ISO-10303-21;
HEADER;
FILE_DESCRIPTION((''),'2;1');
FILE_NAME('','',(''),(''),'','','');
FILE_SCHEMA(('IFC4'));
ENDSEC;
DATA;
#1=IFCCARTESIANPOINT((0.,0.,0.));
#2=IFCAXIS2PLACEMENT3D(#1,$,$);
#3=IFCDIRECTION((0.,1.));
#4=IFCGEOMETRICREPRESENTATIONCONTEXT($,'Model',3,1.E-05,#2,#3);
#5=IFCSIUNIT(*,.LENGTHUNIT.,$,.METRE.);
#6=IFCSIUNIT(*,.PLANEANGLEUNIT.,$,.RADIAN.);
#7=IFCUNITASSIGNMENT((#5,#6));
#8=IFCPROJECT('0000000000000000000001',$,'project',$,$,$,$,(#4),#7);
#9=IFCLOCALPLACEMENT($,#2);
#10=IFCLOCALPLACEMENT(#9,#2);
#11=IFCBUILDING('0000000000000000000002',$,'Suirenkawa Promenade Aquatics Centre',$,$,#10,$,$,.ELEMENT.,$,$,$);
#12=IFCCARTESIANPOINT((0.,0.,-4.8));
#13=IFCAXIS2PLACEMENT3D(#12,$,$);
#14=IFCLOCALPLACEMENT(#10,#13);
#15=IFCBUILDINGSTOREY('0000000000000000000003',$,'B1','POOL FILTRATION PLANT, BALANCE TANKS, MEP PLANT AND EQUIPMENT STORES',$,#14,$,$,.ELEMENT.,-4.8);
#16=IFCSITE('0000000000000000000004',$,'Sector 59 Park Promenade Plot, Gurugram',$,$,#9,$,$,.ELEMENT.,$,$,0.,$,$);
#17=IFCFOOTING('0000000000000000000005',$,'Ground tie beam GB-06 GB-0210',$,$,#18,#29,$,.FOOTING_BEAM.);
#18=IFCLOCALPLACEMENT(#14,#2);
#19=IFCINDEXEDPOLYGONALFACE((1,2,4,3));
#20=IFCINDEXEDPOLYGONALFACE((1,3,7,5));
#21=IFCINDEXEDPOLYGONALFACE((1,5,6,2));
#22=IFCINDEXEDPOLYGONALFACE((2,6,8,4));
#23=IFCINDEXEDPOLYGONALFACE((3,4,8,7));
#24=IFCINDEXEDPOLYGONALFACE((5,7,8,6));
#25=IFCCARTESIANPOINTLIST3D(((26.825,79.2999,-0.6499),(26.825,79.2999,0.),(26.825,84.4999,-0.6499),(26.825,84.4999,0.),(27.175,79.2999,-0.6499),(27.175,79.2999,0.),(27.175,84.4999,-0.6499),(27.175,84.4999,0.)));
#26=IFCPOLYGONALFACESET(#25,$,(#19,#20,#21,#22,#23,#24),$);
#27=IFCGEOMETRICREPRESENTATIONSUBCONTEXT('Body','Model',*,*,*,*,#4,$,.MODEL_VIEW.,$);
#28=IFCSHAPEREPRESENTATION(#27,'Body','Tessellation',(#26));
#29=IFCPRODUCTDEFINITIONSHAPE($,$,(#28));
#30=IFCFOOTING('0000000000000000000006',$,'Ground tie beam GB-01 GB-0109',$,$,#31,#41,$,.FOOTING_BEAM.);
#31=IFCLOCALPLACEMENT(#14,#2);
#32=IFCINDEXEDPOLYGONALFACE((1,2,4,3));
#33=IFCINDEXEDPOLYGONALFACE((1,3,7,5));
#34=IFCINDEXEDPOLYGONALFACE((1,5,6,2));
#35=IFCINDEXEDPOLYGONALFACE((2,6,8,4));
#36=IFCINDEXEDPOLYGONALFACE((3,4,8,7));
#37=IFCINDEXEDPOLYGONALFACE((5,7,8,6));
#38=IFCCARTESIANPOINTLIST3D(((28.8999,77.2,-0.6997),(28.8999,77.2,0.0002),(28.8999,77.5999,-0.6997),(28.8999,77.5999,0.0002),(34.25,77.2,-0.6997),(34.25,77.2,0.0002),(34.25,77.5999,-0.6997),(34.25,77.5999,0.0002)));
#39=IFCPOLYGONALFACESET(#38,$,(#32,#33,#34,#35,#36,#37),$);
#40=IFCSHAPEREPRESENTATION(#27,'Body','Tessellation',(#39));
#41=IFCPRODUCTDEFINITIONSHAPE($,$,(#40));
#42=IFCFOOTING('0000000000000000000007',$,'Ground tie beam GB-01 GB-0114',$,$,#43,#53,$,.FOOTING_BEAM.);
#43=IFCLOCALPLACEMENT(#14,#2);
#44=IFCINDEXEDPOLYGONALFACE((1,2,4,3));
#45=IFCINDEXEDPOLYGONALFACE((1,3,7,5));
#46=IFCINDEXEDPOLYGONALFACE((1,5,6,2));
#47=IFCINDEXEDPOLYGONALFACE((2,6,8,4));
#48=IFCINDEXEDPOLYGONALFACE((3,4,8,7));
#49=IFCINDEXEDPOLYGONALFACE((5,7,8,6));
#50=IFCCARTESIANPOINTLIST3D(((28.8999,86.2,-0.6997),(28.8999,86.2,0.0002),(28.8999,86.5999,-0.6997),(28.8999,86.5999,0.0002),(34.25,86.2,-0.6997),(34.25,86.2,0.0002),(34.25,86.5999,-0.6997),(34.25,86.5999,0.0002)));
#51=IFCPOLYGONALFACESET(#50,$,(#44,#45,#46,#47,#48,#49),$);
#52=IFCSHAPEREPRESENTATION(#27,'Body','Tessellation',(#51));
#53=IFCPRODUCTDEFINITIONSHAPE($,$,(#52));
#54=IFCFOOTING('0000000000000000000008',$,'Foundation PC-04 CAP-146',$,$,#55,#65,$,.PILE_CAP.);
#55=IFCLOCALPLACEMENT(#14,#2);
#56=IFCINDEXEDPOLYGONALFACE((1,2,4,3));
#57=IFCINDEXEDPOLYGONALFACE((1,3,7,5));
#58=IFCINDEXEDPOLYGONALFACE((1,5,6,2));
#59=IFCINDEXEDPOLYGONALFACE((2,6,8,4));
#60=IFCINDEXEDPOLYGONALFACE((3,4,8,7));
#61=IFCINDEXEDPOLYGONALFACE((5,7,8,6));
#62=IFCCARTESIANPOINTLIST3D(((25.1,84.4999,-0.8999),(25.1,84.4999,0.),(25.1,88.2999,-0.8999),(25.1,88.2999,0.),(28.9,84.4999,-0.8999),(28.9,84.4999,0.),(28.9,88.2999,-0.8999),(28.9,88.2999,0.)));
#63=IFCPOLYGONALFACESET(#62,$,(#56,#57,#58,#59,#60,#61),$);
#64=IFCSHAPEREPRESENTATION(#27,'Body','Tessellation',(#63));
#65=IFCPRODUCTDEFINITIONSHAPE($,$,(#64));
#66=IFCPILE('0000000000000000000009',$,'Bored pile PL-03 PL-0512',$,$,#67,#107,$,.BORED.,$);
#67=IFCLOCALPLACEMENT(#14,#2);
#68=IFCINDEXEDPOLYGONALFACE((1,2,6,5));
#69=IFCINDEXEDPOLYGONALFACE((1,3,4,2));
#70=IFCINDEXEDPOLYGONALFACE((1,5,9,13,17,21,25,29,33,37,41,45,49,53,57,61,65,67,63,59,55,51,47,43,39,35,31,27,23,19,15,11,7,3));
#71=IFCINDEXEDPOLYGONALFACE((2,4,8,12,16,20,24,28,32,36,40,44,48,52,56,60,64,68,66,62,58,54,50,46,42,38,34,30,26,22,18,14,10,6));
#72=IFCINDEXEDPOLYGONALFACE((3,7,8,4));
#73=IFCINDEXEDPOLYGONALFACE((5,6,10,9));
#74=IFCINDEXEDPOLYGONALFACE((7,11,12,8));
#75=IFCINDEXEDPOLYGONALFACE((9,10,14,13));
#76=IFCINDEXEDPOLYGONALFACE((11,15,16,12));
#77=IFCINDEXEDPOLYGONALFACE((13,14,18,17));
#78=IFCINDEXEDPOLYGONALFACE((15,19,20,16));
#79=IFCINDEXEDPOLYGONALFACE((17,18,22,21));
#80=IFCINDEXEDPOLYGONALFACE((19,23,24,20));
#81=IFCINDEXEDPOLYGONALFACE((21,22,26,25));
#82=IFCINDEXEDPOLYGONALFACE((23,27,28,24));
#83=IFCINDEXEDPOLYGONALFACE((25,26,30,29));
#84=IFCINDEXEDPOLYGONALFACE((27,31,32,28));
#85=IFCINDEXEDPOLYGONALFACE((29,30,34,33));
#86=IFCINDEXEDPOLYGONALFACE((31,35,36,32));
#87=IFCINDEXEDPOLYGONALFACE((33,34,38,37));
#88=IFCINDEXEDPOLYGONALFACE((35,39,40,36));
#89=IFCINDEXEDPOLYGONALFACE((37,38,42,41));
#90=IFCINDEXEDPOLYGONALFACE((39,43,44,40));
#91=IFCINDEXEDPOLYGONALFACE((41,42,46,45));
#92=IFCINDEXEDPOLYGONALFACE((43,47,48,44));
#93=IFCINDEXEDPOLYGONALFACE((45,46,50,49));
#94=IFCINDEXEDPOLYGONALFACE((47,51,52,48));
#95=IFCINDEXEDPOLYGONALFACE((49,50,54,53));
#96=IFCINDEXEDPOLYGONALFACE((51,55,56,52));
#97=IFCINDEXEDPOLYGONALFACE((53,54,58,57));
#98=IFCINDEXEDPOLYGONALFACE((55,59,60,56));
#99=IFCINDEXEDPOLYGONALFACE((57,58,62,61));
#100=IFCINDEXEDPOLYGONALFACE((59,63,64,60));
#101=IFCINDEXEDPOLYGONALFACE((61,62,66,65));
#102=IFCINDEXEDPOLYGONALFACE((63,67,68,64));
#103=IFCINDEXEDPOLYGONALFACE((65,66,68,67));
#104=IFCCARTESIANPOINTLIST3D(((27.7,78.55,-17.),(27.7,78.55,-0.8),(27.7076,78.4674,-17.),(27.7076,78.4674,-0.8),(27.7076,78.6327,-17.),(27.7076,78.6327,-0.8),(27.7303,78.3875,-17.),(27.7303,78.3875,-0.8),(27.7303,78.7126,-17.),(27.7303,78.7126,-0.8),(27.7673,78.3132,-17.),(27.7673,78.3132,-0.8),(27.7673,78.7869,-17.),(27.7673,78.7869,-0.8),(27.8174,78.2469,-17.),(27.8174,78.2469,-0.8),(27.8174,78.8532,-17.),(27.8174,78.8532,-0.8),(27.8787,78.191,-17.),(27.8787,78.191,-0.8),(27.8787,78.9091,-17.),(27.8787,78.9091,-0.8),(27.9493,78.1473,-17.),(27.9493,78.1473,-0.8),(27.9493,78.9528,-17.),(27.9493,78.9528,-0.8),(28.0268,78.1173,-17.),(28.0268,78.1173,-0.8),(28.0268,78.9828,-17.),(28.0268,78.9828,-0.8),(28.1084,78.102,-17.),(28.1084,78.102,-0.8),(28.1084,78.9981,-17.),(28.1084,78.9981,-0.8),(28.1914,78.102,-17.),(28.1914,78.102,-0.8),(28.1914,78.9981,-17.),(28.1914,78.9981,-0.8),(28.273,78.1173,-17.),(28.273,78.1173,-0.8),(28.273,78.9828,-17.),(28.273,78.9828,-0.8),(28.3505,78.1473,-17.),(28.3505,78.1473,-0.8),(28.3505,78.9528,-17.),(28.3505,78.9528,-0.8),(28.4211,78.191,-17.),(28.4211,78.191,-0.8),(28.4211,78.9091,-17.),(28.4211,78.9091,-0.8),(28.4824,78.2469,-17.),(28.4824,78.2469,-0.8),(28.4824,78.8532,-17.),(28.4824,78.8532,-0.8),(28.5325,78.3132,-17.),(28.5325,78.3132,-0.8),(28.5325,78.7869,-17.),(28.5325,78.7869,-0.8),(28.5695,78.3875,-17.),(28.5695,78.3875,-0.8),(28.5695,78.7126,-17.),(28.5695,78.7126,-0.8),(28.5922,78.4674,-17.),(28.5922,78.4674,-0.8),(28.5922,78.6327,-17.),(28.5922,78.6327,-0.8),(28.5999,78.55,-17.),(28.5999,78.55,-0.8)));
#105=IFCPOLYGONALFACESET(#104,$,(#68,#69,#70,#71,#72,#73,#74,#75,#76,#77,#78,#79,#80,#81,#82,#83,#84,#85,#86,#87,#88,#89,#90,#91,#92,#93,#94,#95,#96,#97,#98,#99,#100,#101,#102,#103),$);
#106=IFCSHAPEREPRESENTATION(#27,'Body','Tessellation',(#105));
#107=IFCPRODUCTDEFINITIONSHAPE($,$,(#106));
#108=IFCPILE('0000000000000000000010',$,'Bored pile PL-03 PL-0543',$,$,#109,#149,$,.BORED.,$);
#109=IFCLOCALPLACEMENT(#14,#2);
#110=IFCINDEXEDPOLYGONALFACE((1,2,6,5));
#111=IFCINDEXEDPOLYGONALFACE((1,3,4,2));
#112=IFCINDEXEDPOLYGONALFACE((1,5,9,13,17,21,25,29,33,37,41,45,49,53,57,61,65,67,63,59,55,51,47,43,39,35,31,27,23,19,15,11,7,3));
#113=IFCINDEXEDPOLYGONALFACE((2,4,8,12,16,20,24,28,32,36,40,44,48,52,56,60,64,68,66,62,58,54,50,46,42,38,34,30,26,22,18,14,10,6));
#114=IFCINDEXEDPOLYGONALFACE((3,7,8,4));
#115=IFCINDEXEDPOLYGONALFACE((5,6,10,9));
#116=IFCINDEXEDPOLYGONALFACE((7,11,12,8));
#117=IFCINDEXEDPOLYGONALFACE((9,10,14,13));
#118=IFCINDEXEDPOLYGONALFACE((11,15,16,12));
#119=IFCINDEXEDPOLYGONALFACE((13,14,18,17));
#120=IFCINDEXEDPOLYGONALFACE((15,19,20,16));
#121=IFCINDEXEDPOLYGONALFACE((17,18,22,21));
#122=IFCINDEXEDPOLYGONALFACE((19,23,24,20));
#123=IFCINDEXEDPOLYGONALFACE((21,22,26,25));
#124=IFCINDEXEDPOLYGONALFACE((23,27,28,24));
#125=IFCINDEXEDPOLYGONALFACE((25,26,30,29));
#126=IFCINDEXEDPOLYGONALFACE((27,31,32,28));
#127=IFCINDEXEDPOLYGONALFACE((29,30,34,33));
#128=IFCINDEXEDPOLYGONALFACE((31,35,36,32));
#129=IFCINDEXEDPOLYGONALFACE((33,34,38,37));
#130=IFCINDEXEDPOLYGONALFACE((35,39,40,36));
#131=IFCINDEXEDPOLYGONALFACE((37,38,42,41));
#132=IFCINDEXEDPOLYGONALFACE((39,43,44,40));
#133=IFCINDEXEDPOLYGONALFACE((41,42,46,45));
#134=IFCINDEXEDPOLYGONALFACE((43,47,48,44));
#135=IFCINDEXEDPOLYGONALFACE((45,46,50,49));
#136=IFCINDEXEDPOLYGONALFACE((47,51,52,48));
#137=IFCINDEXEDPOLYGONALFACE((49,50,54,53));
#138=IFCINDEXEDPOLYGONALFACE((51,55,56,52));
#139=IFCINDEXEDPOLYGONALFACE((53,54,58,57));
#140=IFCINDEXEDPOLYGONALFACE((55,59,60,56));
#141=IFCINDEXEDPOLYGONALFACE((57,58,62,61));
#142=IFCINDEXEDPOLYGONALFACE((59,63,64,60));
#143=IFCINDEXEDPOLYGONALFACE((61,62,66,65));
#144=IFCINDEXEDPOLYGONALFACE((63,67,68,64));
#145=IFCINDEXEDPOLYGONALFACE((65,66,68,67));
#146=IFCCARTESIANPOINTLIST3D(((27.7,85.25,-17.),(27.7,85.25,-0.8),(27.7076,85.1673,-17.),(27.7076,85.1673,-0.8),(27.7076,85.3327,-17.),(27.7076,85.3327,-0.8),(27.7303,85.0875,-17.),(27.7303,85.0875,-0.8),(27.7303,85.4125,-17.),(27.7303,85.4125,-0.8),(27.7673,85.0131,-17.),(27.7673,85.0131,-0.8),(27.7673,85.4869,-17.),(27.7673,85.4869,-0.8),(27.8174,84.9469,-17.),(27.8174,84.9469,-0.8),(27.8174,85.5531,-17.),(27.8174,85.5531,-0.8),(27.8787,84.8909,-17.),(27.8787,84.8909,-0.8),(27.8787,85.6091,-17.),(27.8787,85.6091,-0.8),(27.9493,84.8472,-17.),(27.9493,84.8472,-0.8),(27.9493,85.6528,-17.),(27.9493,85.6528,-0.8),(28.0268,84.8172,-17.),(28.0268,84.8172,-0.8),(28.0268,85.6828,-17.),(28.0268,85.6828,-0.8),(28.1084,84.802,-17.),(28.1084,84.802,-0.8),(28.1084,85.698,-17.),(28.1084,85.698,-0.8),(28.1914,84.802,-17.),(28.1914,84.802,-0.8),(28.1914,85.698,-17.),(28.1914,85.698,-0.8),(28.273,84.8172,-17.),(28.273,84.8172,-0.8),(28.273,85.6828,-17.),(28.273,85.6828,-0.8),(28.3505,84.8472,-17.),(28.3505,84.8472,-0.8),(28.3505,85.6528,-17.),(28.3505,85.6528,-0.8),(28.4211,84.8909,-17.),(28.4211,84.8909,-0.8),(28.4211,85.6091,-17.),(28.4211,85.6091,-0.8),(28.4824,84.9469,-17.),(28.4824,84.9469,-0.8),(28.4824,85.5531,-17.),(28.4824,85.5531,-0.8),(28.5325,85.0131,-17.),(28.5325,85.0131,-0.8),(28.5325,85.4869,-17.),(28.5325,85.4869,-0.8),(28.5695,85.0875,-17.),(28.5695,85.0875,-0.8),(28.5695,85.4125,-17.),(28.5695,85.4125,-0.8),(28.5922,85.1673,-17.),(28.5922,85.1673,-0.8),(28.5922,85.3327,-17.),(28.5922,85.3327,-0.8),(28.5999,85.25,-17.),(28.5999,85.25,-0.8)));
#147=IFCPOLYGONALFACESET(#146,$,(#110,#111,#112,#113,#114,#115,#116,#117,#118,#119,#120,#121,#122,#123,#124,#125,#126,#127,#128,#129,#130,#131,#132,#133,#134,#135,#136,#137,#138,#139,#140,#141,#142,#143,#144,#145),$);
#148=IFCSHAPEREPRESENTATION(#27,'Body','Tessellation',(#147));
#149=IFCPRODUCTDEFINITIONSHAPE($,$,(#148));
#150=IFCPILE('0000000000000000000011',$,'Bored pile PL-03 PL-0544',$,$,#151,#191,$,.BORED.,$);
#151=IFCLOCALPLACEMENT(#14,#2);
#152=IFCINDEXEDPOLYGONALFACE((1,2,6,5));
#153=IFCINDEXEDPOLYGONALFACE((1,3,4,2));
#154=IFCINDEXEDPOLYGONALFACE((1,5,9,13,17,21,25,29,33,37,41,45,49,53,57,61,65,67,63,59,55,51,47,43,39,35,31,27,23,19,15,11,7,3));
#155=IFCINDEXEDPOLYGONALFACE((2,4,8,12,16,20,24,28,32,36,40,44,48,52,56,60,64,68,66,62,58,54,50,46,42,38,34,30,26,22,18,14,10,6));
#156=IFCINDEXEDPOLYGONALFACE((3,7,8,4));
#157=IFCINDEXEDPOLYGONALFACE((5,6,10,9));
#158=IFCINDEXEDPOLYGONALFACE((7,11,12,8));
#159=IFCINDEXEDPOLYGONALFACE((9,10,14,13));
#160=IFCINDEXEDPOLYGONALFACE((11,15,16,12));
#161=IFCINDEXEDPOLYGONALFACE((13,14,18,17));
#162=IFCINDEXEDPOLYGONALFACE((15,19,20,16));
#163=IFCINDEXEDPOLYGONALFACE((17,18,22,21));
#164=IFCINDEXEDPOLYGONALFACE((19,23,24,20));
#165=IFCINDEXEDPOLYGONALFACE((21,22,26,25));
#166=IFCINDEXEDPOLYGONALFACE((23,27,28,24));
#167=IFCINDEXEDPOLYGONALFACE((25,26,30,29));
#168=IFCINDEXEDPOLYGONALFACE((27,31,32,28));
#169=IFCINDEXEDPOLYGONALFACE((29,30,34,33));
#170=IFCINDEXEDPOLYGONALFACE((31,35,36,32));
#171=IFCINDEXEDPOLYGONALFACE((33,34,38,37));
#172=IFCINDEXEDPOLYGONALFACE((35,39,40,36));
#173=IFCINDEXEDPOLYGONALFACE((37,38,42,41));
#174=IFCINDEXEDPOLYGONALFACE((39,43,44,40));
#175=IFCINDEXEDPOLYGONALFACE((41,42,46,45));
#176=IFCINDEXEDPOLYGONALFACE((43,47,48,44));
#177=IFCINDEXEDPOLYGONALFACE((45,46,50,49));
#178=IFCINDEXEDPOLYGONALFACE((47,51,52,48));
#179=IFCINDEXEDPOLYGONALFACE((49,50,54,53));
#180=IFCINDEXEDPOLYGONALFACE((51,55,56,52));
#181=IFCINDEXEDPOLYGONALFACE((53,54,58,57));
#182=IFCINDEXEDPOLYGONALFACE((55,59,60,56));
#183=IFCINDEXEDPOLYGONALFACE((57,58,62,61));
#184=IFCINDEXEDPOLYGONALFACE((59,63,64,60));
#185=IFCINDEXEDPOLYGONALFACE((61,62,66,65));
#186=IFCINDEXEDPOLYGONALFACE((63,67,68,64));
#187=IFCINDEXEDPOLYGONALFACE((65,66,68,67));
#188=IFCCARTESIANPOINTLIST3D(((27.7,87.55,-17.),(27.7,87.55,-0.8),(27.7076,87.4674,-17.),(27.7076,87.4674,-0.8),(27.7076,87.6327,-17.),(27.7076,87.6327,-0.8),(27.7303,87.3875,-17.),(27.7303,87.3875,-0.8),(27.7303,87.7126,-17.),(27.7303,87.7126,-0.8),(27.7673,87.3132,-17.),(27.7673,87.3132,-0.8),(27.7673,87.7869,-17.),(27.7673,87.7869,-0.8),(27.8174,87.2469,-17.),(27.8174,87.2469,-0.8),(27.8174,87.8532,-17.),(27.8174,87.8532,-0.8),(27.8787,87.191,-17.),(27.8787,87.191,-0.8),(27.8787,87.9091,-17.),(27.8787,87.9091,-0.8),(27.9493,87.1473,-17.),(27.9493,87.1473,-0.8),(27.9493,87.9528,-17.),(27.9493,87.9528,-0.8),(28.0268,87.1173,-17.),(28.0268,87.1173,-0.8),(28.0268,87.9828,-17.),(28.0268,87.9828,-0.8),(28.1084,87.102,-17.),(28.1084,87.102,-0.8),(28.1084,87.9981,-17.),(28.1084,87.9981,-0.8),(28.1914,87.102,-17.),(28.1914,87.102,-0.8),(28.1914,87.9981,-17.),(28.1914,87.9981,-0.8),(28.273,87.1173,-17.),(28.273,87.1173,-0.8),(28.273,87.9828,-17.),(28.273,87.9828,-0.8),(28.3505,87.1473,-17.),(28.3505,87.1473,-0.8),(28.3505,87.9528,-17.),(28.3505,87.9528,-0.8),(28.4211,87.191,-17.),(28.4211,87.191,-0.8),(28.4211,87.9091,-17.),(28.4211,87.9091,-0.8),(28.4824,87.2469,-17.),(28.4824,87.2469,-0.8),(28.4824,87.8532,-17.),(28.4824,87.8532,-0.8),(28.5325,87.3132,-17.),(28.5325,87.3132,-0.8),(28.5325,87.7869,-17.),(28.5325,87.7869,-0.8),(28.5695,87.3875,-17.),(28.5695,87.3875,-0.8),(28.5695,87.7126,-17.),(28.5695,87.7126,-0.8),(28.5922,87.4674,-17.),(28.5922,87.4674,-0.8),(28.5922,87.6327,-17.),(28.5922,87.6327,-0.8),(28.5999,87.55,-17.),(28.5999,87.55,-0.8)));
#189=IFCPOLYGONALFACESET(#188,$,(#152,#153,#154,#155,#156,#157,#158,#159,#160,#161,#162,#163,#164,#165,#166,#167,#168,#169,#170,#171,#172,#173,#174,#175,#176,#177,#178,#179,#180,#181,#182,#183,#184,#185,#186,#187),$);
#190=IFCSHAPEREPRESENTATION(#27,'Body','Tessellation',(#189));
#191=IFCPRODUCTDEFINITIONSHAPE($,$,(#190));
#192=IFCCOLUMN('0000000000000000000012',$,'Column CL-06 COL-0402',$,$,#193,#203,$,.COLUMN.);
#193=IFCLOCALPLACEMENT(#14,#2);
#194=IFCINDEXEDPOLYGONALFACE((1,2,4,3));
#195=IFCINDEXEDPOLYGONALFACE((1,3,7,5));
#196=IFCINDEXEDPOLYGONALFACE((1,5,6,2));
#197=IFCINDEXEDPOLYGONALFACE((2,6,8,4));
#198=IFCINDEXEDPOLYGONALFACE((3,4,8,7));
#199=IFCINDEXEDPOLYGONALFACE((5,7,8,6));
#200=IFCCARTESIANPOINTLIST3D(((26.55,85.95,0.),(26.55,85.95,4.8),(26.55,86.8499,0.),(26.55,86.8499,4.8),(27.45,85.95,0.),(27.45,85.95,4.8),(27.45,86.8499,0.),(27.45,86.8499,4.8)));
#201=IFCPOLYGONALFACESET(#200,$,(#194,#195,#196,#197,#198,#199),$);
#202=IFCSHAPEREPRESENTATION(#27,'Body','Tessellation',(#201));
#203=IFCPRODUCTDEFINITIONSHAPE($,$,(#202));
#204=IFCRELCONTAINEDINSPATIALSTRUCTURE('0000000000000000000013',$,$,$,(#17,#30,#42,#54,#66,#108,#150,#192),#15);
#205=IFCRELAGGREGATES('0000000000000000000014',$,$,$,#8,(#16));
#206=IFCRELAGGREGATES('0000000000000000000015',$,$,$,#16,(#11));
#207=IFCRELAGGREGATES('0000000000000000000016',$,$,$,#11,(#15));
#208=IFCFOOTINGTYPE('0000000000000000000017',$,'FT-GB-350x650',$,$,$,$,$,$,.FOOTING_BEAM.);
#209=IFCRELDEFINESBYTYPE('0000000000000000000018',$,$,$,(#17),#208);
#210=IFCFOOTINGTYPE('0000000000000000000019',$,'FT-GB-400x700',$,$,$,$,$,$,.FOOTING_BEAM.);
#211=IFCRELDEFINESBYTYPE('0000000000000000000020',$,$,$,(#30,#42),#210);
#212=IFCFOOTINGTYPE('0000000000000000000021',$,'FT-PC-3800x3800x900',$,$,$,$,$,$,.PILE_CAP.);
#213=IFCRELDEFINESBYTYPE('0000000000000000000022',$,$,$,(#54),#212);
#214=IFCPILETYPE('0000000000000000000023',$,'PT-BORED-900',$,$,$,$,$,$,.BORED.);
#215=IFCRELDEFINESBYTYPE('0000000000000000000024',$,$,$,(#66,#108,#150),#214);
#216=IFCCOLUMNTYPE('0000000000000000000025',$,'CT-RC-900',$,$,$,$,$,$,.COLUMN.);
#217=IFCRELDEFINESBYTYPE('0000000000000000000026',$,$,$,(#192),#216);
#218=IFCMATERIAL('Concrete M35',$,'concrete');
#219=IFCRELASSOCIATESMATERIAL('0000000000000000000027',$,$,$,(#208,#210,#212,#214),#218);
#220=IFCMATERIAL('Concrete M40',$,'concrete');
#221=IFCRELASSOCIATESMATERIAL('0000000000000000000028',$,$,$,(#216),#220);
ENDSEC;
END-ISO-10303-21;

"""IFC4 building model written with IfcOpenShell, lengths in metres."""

from ifc_helpers import new_model, si_unit, direction, frame, origin, origin_2d, place, context, subcontext, project, spatial, rectangle, circle, extrude, material, material_profile, profile_set, type_object, element, save


model = new_model("IFC4")

# Units and contexts
model_context = context("Model", 3, precision=1e-05, world=origin(), true_north=direction((0.0, 1.0)))
body_context = subcontext(model_context, "Body", "Model", "MODEL_VIEW")
ifc_project = project(units=[si_unit("LENGTHUNIT", "METRE"), si_unit("PLANEANGLEUNIT", "RADIAN")], contexts=[model_context])

# Site, building, storey
site_placement = place(None, origin())
site = spatial("IfcSite", under=ifc_project, at=site_placement, Name="Sector 59 Park Promenade Plot, Gurugram", CompositionType="ELEMENT", RefElevation=0.0)
building_placement = place(site_placement, origin())
building = spatial("IfcBuilding", under=site, at=building_placement, Name="Suirenkawa Promenade Aquatics Centre", CompositionType="ELEMENT")
storey_placement = place(building_placement, frame((0.0, 0.0, -4.8)))
storey = spatial("IfcBuildingStorey", under=building, at=storey_placement, Name="B1", Description="POOL FILTRATION PLANT, BALANCE TANKS, MEP PLANT AND EQUIPMENT STORES", CompositionType="ELEMENT", Elevation=-4.8)

# Footings
ifc_material_1 = material(Name="Concrete M35", Category="concrete")
footing_type_1 = type_object("IfcFootingType", Name="FT-GB-350x650", PredefinedType="FOOTING_BEAM", material=ifc_material_1)
footing_1_placement = place(storey_placement, frame((27.0, 81.8999, -0.6499), z_axis=(0.0, 0.0, 1.0), x_axis=(0.0, 1.0, 0.0)))
element("IfcFooting", 1, at=footing_1_placement, inside=storey, type_object=footing_type_1, Name="Ground tie beam GB-06 GB-0210", PredefinedType="FOOTING_BEAM", context=body_context, shape_type="SweptSolid", body=[
    extrude(rectangle(XDim=5.2, YDim=0.3501, at=origin_2d()), origin(), (0.0, 0.0, 1.0), 0.6499),
])
footing_type_2 = type_object("IfcFootingType", Name="FT-GB-400x700", PredefinedType="FOOTING_BEAM", material=ifc_material_1)
for number, where, z_axis, x_axis, name in (
    (2, (31.575, 77.3999, -0.6997), (0.0, 0.0, 1.0), (1.0, 0.0, 0.0), "Ground tie beam GB-01 GB-0109"),
    (3, (31.575, 86.3999, -0.6997), (0.0, 0.0, 1.0), (1.0, 0.0, 0.0), "Ground tie beam GB-01 GB-0114"),
):
    element("IfcFooting", number, at=place(storey_placement, frame(where, z_axis=z_axis, x_axis=x_axis)), inside=storey, type_object=footing_type_2, Name=name, PredefinedType="FOOTING_BEAM", context=body_context, shape_type="SweptSolid", body=[
        extrude(rectangle(XDim=5.3501, YDim=0.3999, at=origin_2d()), origin(), (0.0, 0.0, 1.0), 0.7),
    ])
footing_type_3 = type_object("IfcFootingType", Name="FT-PC-3800x3800x900", PredefinedType="PILE_CAP", material=ifc_material_1)
footing_2_placement = place(storey_placement, frame((27.0, 86.3999, -0.8999), z_axis=(0.0, 0.0, 1.0), x_axis=(1.0, 0.0, 0.0)))
element("IfcFooting", 4, at=footing_2_placement, inside=storey, type_object=footing_type_3, Name="Foundation PC-04 CAP-146", PredefinedType="PILE_CAP", context=body_context, shape_type="SweptSolid", body=[
    extrude(rectangle(XDim=3.8, YDim=3.8, at=origin_2d()), origin(), (0.0, 0.0, 1.0), 0.8999),
])

# Piles
ifc_material_profile_1 = material_profile(ifc_material_1, circle(Radius=0.45, at=origin_2d()), Name="PILE D900", Category="concrete")
ifc_profile_set_1 = profile_set([ifc_material_profile_1], Name="Concrete M35")
pile_type = type_object("IfcPileType", Name="PT-BORED-900", PredefinedType="BORED", material=ifc_profile_set_1)
for number, where, z_axis, x_axis, name in (
    (5, (28.1499, 78.55, -0.8), (0.0, 0.0, -1.0), (1.0, 0.0, 0.0), "Bored pile PL-03 PL-0512"),
    (6, (28.1499, 85.25, -0.8), (0.0, 0.0, -1.0), (1.0, 0.0, 0.0), "Bored pile PL-03 PL-0543"),
    (7, (28.1499, 87.55, -0.8), (0.0, 0.0, -1.0), (1.0, 0.0, 0.0), "Bored pile PL-03 PL-0544"),
):
    element("IfcPile", number, at=place(storey_placement, frame(where, z_axis=z_axis, x_axis=x_axis)), inside=storey, type_object=pile_type, Name=name, PredefinedType="BORED", context=body_context, shape_type="SweptSolid", body=[
        extrude(circle(Radius=0.45, at=origin_2d()), origin(), (0.0, 0.0, 1.0), 16.2),
    ])

# Column
ifc_material_2 = material(Name="Concrete M40", Category="concrete")
ifc_material_profile_2 = material_profile(ifc_material_2, rectangle(XDim=0.8999, YDim=0.8999, at=origin_2d()), Name="RC COL 900x900", Category="concrete")
ifc_profile_set_2 = profile_set([ifc_material_profile_2], Name="Concrete M40")
column_type = type_object("IfcColumnType", Name="CT-RC-900", PredefinedType="COLUMN", material=ifc_profile_set_2)
column_placement = place(storey_placement, frame((27.0, 86.3999, 0.0), z_axis=(0.0, 0.0, 1.0), x_axis=(1.0, 0.0, 0.0)))
element("IfcColumn", 8, at=column_placement, inside=storey, type_object=column_type, Name="Column CL-06 COL-0402", PredefinedType="COLUMN", context=body_context, shape_type="SweptSolid", body=[
    extrude(rectangle(XDim=0.8999, YDim=0.8999, at=origin_2d()), origin(), (0.0, 0.0, 1.0), 4.8),
])

save(model, "model.ifc")
